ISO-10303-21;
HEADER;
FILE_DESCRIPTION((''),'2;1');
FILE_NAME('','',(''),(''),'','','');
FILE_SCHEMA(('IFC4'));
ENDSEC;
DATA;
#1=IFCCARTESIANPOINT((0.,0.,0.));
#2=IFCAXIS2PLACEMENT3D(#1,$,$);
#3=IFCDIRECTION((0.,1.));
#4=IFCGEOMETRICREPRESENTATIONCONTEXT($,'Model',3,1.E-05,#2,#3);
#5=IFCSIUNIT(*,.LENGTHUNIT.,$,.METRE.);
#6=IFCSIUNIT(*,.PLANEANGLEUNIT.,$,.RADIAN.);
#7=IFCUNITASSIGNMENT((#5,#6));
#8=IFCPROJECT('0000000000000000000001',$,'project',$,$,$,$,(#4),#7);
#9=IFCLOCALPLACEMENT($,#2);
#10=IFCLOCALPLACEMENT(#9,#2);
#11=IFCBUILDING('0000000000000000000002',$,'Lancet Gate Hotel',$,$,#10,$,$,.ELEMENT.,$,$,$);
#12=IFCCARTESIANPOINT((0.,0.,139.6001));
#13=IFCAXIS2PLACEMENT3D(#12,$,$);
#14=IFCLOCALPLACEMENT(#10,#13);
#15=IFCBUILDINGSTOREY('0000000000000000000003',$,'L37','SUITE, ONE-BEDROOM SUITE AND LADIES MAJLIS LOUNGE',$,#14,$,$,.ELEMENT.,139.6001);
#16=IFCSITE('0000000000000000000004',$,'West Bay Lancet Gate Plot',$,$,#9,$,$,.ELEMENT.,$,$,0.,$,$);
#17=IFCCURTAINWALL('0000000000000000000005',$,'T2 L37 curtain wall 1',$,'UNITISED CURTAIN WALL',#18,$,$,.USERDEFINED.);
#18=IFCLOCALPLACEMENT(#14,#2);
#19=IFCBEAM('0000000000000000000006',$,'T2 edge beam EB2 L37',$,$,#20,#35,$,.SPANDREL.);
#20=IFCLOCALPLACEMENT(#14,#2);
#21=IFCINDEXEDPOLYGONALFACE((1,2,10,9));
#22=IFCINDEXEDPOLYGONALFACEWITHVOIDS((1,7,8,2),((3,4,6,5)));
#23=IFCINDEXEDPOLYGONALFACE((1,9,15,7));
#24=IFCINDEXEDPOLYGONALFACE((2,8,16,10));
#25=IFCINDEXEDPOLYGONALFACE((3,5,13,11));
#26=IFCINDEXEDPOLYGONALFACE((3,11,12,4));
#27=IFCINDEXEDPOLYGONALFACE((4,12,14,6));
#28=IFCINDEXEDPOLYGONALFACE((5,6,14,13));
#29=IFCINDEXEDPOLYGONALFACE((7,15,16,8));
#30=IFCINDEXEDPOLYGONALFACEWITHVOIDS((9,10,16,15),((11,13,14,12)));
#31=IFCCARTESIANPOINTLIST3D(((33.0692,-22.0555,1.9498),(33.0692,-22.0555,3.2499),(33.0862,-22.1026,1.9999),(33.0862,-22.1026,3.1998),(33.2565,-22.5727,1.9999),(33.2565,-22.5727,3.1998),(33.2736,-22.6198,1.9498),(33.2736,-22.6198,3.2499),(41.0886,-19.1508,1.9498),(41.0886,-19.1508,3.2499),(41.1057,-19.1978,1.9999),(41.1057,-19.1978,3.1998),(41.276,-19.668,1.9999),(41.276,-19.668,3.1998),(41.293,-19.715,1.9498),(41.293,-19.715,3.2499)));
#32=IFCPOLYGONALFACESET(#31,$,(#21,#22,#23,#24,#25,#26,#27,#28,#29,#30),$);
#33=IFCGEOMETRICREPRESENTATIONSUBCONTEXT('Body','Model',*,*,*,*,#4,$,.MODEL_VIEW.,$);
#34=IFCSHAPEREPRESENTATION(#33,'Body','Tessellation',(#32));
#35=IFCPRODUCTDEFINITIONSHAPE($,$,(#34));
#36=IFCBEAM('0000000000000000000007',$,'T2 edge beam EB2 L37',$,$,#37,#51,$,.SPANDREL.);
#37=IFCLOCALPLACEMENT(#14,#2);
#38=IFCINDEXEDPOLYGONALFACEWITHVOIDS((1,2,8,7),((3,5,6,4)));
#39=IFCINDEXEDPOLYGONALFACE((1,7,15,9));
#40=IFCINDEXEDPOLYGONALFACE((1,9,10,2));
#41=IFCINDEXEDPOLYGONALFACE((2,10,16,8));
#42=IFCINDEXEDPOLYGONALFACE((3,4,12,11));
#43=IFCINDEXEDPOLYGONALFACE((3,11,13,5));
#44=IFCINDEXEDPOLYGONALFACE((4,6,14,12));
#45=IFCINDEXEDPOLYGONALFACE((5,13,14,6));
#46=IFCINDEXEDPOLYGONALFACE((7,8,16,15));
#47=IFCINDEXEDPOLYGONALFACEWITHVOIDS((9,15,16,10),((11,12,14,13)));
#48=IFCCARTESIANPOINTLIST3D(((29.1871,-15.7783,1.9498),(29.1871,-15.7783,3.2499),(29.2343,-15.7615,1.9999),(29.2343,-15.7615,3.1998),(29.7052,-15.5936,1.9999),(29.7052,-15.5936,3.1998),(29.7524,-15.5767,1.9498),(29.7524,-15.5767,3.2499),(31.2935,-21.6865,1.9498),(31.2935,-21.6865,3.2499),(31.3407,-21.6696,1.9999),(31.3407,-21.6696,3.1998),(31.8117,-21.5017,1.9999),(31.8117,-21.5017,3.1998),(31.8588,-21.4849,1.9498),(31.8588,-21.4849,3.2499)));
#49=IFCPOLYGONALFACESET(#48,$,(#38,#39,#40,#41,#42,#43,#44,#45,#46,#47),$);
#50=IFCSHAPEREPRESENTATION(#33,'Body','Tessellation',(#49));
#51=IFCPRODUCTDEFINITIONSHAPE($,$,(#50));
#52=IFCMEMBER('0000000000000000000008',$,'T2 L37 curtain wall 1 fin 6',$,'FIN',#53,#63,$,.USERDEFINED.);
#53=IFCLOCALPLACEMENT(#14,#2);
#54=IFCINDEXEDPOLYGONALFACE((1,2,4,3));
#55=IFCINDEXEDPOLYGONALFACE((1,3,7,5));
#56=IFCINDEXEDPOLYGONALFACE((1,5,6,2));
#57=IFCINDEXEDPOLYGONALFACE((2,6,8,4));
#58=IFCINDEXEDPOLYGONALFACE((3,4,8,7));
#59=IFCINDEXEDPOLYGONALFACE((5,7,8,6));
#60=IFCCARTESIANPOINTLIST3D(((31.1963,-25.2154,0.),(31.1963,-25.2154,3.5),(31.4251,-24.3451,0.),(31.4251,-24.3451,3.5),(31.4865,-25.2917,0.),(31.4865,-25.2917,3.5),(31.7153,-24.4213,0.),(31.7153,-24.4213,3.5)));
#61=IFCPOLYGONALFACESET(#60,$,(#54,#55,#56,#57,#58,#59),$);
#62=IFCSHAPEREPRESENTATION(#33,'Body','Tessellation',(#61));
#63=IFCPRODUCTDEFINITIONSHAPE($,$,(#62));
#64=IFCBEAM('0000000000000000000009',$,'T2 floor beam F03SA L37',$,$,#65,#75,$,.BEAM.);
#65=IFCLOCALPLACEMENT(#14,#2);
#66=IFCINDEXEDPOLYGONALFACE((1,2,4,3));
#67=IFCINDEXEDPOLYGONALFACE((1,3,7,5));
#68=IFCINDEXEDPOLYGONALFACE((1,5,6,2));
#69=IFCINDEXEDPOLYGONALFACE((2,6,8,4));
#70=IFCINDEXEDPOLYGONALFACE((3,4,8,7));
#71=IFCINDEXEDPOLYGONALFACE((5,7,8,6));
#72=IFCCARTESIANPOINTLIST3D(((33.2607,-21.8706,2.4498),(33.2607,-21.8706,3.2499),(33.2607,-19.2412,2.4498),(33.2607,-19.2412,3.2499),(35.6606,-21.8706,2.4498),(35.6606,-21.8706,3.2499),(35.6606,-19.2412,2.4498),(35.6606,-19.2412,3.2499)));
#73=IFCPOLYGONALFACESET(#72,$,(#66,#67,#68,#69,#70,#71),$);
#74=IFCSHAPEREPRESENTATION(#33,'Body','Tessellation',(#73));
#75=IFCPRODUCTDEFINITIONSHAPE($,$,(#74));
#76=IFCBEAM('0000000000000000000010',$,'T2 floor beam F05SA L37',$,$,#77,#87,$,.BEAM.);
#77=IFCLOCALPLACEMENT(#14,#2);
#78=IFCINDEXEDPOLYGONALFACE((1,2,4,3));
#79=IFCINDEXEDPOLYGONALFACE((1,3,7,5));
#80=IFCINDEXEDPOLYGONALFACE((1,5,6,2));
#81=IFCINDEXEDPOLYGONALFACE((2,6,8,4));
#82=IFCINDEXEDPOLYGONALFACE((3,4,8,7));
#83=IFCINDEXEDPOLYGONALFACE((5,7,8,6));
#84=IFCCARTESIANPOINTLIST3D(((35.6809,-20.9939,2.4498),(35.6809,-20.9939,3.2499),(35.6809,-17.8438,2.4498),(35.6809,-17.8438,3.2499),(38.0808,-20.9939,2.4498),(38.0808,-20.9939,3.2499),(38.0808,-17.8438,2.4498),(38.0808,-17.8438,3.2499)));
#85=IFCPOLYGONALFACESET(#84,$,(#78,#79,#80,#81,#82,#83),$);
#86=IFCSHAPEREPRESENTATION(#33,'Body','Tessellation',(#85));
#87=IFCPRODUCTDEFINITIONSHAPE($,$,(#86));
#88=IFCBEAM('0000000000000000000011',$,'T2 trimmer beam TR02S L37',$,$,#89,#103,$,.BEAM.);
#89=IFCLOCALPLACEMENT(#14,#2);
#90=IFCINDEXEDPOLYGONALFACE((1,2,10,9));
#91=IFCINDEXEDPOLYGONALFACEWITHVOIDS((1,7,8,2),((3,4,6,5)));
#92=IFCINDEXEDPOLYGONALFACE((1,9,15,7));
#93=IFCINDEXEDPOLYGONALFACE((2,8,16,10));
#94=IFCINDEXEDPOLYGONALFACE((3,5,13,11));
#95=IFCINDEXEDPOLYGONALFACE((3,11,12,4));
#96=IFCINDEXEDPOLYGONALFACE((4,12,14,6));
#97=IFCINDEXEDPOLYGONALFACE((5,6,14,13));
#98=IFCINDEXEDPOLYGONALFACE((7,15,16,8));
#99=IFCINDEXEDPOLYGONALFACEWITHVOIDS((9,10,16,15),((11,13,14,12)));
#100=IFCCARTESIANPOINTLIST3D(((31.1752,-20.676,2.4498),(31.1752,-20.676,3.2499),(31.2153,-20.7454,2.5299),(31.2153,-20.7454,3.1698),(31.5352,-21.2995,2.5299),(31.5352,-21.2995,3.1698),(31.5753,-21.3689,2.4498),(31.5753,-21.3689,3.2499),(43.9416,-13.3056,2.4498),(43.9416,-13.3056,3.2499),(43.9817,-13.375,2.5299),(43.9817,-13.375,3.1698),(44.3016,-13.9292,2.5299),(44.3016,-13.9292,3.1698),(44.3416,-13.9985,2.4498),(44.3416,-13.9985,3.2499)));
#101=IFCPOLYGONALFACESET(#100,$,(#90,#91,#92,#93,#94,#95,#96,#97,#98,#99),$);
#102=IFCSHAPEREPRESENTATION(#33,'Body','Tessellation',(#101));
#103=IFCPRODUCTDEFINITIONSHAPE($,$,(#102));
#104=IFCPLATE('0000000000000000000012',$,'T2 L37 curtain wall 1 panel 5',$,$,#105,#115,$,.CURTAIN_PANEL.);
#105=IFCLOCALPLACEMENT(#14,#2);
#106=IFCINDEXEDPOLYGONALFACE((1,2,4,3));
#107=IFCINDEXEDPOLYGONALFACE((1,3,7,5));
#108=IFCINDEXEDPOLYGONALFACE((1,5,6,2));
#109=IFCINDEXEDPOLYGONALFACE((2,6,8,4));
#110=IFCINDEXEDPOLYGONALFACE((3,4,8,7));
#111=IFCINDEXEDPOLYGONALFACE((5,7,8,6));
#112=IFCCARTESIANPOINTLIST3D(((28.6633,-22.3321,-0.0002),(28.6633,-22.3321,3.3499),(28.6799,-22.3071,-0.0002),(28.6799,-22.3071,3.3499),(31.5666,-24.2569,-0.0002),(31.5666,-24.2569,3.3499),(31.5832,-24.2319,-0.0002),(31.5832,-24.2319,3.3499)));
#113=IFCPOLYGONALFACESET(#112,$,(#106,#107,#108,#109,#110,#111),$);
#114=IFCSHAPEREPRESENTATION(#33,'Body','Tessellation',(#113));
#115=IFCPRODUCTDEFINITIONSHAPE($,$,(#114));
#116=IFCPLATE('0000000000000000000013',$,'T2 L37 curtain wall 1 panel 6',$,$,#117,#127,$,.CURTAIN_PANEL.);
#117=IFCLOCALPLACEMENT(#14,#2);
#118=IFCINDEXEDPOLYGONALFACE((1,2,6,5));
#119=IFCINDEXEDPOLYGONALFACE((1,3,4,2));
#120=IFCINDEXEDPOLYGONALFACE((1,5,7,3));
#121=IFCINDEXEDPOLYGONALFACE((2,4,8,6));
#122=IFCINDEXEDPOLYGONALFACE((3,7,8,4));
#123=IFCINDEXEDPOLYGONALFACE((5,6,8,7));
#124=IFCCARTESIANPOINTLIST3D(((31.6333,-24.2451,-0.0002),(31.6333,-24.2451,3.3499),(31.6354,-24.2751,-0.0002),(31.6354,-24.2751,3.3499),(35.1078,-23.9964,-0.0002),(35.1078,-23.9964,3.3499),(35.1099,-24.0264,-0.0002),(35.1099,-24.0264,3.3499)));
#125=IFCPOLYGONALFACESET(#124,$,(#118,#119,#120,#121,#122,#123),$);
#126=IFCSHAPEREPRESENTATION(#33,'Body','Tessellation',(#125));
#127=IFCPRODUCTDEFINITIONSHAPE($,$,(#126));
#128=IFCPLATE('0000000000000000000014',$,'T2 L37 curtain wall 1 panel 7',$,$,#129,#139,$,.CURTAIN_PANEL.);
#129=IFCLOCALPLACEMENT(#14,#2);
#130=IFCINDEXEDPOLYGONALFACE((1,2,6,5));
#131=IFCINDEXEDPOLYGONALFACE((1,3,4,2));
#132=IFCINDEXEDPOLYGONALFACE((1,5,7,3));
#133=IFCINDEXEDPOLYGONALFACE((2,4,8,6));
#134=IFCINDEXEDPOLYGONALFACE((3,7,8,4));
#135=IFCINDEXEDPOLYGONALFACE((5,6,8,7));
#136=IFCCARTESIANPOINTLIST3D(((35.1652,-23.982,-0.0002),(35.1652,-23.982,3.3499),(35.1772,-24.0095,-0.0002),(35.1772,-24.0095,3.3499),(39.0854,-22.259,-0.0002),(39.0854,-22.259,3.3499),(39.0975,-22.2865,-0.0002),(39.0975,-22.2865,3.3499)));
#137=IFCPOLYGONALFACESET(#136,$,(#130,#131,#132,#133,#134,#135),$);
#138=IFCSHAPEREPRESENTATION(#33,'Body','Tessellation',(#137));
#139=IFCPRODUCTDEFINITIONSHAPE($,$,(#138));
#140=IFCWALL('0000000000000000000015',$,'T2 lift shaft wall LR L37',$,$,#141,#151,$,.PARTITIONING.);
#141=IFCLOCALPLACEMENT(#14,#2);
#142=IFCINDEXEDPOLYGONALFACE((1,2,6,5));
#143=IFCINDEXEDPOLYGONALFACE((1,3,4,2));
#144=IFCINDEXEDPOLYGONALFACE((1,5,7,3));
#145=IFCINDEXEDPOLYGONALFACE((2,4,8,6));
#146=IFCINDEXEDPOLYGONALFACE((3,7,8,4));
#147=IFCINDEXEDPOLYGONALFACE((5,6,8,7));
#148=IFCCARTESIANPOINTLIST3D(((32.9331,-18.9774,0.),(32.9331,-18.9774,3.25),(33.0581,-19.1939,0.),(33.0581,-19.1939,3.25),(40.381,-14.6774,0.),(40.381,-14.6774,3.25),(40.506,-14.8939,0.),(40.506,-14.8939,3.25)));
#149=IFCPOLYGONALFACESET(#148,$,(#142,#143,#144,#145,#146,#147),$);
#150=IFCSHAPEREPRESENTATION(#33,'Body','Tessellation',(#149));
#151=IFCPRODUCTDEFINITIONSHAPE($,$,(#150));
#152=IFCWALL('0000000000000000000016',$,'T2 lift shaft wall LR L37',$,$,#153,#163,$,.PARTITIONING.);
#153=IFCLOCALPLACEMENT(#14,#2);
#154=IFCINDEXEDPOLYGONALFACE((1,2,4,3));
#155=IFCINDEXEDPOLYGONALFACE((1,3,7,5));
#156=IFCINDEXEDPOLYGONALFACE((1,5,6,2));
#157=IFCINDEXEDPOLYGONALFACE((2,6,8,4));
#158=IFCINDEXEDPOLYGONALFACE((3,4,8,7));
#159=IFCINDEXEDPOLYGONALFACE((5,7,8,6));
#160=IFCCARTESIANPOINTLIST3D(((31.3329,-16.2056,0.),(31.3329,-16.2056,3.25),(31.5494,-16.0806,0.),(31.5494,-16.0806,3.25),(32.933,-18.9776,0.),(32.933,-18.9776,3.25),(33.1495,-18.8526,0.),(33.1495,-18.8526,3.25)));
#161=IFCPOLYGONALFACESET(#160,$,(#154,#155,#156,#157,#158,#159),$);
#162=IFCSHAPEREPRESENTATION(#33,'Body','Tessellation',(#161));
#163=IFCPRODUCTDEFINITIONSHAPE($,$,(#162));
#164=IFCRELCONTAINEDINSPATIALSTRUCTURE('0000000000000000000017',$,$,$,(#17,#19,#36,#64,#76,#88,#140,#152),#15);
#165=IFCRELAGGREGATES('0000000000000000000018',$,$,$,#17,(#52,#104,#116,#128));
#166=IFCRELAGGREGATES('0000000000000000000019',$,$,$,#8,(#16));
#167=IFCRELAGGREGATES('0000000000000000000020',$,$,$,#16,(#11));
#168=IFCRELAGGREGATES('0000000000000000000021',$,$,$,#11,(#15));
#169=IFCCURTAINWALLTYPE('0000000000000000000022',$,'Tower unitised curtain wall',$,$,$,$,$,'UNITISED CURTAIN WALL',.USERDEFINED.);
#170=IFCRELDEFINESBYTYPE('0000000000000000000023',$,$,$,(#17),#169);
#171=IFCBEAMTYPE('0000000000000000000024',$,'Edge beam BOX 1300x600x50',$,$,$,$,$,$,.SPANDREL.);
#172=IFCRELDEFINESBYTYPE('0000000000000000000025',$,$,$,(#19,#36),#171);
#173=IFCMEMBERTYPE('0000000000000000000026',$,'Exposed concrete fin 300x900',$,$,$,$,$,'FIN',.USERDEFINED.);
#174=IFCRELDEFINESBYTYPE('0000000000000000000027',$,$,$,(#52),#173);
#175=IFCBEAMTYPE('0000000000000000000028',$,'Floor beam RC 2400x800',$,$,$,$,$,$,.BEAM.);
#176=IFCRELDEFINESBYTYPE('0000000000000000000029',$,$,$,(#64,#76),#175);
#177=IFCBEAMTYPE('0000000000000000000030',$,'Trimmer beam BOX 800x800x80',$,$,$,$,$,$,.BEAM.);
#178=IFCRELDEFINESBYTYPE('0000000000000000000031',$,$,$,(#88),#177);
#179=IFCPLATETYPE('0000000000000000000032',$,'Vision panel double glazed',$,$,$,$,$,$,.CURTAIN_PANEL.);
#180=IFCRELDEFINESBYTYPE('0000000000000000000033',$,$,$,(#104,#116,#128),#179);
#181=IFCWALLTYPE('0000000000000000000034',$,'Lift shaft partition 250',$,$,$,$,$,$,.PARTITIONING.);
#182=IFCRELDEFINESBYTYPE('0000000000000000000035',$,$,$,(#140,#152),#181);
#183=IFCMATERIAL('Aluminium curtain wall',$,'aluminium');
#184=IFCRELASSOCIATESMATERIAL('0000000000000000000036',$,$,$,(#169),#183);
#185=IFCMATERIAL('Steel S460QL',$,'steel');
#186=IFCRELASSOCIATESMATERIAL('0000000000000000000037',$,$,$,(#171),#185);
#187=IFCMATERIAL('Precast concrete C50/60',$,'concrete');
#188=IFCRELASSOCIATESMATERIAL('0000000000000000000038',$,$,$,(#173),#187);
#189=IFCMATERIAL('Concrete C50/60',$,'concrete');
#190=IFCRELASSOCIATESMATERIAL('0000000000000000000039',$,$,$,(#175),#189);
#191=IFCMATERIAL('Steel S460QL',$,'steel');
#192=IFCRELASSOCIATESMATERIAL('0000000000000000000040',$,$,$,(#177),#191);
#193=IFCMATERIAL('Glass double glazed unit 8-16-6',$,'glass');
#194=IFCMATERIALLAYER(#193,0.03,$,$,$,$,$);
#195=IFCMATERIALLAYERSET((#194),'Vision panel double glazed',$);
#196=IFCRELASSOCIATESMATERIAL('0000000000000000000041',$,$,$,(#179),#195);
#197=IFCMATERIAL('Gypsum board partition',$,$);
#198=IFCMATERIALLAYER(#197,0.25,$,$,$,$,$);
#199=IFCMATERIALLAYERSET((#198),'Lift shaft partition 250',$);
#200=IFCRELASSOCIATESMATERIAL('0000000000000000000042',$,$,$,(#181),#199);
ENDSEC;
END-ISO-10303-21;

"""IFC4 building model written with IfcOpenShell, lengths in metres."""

from ifc_helpers import new_model, si_unit, direction, frame, frame_2d, origin, origin_2d, place, context, subcontext, project, spatial, rectangle, hollow_rectangle, extrude, material, layer, layer_set, material_profile, profile_set, type_object, element, aggregate, save


model = new_model("IFC4")

# Units and contexts
model_context = context("Model", 3, precision=1e-05, world=origin(), true_north=direction((0.0, 1.0)))
body_context = subcontext(model_context, "Body", "Model", "MODEL_VIEW")
ifc_project = project(units=[si_unit("LENGTHUNIT", "METRE"), si_unit("PLANEANGLEUNIT", "RADIAN")], contexts=[model_context])

# Site, building, storey
site_placement = place(None, origin())
site = spatial("IfcSite", under=ifc_project, at=site_placement, Name="West Bay Lancet Gate Plot", CompositionType="ELEMENT", RefElevation=0.0)
building_placement = place(site_placement, origin())
building = spatial("IfcBuilding", under=site, at=building_placement, Name="Lancet Gate Hotel", CompositionType="ELEMENT")
storey_placement = place(building_placement, frame((0.0, 0.0, 139.6001)))
storey = spatial("IfcBuildingStorey", under=building, at=storey_placement, Name="L37", Description="SUITE, ONE-BEDROOM SUITE AND LADIES MAJLIS LOUNGE", CompositionType="ELEMENT", Elevation=139.6001)

# Curtain wall
ifc_material_1 = material(Name="Aluminium curtain wall", Category="aluminium")
curtain_wall_type = type_object("IfcCurtainWallType", Name="Tower unitised curtain wall", ElementType="UNITISED CURTAIN WALL", PredefinedType="USERDEFINED", material=ifc_material_1)
curtain_wall_placement = place(storey_placement, origin())
curtain_wall = element("IfcCurtainWall", 1, at=curtain_wall_placement, inside=storey, type_object=curtain_wall_type, Name="T2 L37 curtain wall 1", ObjectType="UNITISED CURTAIN WALL", PredefinedType="USERDEFINED")

# Beams
ifc_material_2 = material(Name="Steel S460QL", Category="steel")
ifc_material_profile_1 = material_profile(ifc_material_2, hollow_rectangle(XDim=0.6001, YDim=1.3, WallThickness=0.05, at=origin_2d()), Name="BOX 1300x600x50")
ifc_profile_set_1 = profile_set([ifc_material_profile_1], Name="Steel S460QL")
beam_type_1 = type_object("IfcBeamType", Name="Edge beam BOX 1300x600x50", PredefinedType="SPANDREL", material=ifc_profile_set_1)
beam_1_placement = place(storey_placement, frame((33.1714, -22.3376, 2.5999), z_axis=(0.940222, 0.340562, 0.0), x_axis=(-0.340562, 0.940222, 0.0)))
element("IfcBeam", 2, at=beam_1_placement, inside=storey, type_object=beam_type_1, Name="T2 edge beam EB2 L37", PredefinedType="SPANDREL", context=body_context, shape_type="SweptSolid", body=[
    extrude(hollow_rectangle(XDim=0.6001, YDim=1.3, WallThickness=0.05, at=origin_2d()), origin(), (0.0, 0.0, 1.0), 8.5293),
])
beam_2_placement = place(storey_placement, frame((31.5762, -21.5857, 2.5999), z_axis=(-0.335823, 0.941925, 0.0), x_axis=(-0.941925, -0.335823, 0.0)))
element("IfcBeam", 3, at=beam_2_placement, inside=storey, type_object=beam_type_1, Name="T2 edge beam EB2 L37", PredefinedType="SPANDREL", context=body_context, shape_type="SweptSolid", body=[
    extrude(hollow_rectangle(XDim=0.6001, YDim=1.3, WallThickness=0.05, at=origin_2d()), origin(), (0.0, 0.0, 1.0), 6.2725),
])

# Member
ifc_material_3 = material(Name="Precast concrete C50/60", Category="concrete")
ifc_material_profile_2 = material_profile(ifc_material_3, rectangle(XDim=0.3, YDim=0.8999, at=origin_2d()), Name="FIN 300x900")
ifc_profile_set_2 = profile_set([ifc_material_profile_2], Name="Precast concrete C50/60")
member_type_1 = type_object("IfcMemberType", Name="Exposed concrete fin 300x900", ElementType="FIN", PredefinedType="USERDEFINED", material=ifc_profile_set_2)
member_1_placement = place(storey_placement, frame((31.4558, -24.8184, 0.0), z_axis=(0.0, 0.0, 1.0), x_axis=(0.967157, -0.254179, 0.0)))
member_1 = element("IfcMember", 4, at=member_1_placement, type_object=member_type_1, Name="T2 L37 curtain wall 1 fin 6", ObjectType="FIN", PredefinedType="USERDEFINED", context=body_context, shape_type="SweptSolid", body=[
    extrude(rectangle(XDim=0.3, YDim=0.8999, at=origin_2d()), origin(), (0.0, 0.0, 1.0), 3.5),
])

# Beams
ifc_material_4 = material(Name="Concrete C50/60", Category="concrete")
ifc_material_profile_3 = material_profile(ifc_material_4, rectangle(XDim=2.3999, YDim=0.8, at=origin_2d()), Name="RC 2400x800")
ifc_profile_set_3 = profile_set([ifc_material_profile_3], Name="Concrete C50/60")
beam_type_2 = type_object("IfcBeamType", Name="Floor beam RC 2400x800", PredefinedType="BEAM", material=ifc_profile_set_3)
beam_3_placement = place(storey_placement, frame((34.4607, -21.8706, 2.8499), z_axis=(0.0, 1.0, 0.0), x_axis=(-1.0, 0.0, 0.0)))
element("IfcBeam", 5, at=beam_3_placement, inside=storey, type_object=beam_type_2, Name="T2 floor beam F03SA L37", PredefinedType="BEAM", context=body_context, shape_type="SweptSolid", body=[
    extrude(rectangle(XDim=2.3999, YDim=0.8, at=origin_2d()), origin(), (0.0, 0.0, 1.0), 2.6294),
])
beam_4_placement = place(storey_placement, frame((36.8809, -20.9939, 2.8499), z_axis=(0.0, 1.0, 0.0), x_axis=(-1.0, 0.0, 0.0)))
element("IfcBeam", 6, at=beam_4_placement, inside=storey, type_object=beam_type_2, Name="T2 floor beam F05SA L37", PredefinedType="BEAM", context=body_context, shape_type="SweptSolid", body=[
    extrude(rectangle(XDim=2.3999, YDim=0.8, at=origin_2d()), origin(), (0.0, 0.0, 1.0), 3.1501),
])
ifc_material_5 = material(Name="Steel S460QL", Category="steel")
ifc_material_profile_4 = material_profile(ifc_material_5, hollow_rectangle(XDim=0.8, YDim=0.8, WallThickness=0.0801, at=origin_2d()), Name="BOX 800x800x80")
ifc_profile_set_4 = profile_set([ifc_material_profile_4], Name="Steel S460QL")
beam_type_3 = type_object("IfcBeamType", Name="Trimmer beam BOX 800x800x80", PredefinedType="BEAM", material=ifc_profile_set_4)
beam_5_placement = place(storey_placement, frame((31.3752, -21.0225, 2.8499), z_axis=(0.866034, 0.499985, 0.0), x_axis=(-0.499985, 0.866034, 0.0)))
element("IfcBeam", 7, at=beam_5_placement, inside=storey, type_object=beam_type_3, Name="T2 trimmer beam TR02S L37", PredefinedType="BEAM", context=body_context, shape_type="SweptSolid", body=[
    extrude(hollow_rectangle(XDim=0.8, YDim=0.8, WallThickness=0.0801, at=origin_2d()), origin(), (0.0, 0.0, 1.0), 14.7412),
])

# Plates
ifc_material_6 = material(Name="Glass double glazed unit 8-16-6", Category="glass")
ifc_layer_1 = layer(ifc_material_6, 0.03)
ifc_layer_set_1 = layer_set([ifc_layer_1], Name="Vision panel double glazed")
plate_type = type_object("IfcPlateType", Name="Vision panel double glazed", PredefinedType="CURTAIN_PANEL", material=ifc_layer_set_1)
plate_1_placement = place(storey_placement, frame((30.1233, -23.282, -0.0002), z_axis=(0.0, 0.0, 1.0), x_axis=(0.833465, -0.552573, 0.0)))
plate_1 = element("IfcPlate", 8, at=plate_1_placement, type_object=plate_type, Name="T2 L37 curtain wall 1 panel 5", PredefinedType="CURTAIN_PANEL", context=body_context, shape_type="SweptSolid", body=[
    extrude(rectangle(XDim=3.4834, YDim=0.03, at=origin_2d()), origin(), (0.0, 0.0, 1.0), 3.3501),
])
plate_2_placement = place(storey_placement, frame((33.3716, -24.1357, -0.0002), z_axis=(0.0, 0.0, 1.0), x_axis=(0.997448, 0.07139, 0.0)))
plate_2 = element("IfcPlate", 9, at=plate_2_placement, type_object=plate_type, Name="T2 L37 curtain wall 1 panel 6", PredefinedType="CURTAIN_PANEL", context=body_context, shape_type="SweptSolid", body=[
    extrude(rectangle(XDim=3.4834, YDim=0.03, at=origin_2d()), origin(), (0.0, 0.0, 1.0), 3.3501),
])
plate_3_placement = place(storey_placement, frame((37.1313, -23.1343, -0.0002), z_axis=(0.0, 0.0, 1.0), x_axis=(0.915479, 0.402367, 0.0)))
plate_3 = element("IfcPlate", 10, at=plate_3_placement, type_object=plate_type, Name="T2 L37 curtain wall 1 panel 7", PredefinedType="CURTAIN_PANEL", context=body_context, shape_type="SweptSolid", body=[
    extrude(rectangle(XDim=4.2822, YDim=0.03, at=origin_2d()), origin(), (0.0, 0.0, 1.0), 3.3501),
])
aggregate(curtain_wall, [member_1, plate_1, plate_2, plate_3])

# Walls
ifc_material_7 = material(Name="Gypsum board partition")
ifc_layer_2 = layer(ifc_material_7, 0.25)
ifc_layer_set_2 = layer_set([ifc_layer_2], Name="Lift shaft partition 250")
wall_type = type_object("IfcWallType", Name="Lift shaft partition 250", PredefinedType="PARTITIONING", material=ifc_layer_set_2)
wall_1_placement = place(storey_placement, frame((32.9956, -19.0857, 0.0), z_axis=(0.0, 0.0, 1.0), x_axis=(0.866028, 0.499995, 0.0)))
element("IfcWall", 11, at=wall_1_placement, inside=storey, type_object=wall_type, Name="T2 lift shaft wall LR L37", PredefinedType="PARTITIONING", context=body_context, shape_type="SweptSolid", body=[
    extrude(rectangle(XDim=8.6001, YDim=0.25, at=frame_2d((4.3, 0.0))), origin(), (0.0, 0.0, 1.0), 3.25),
])
wall_2_placement = place(storey_placement, frame((31.4412, -16.1431, 0.0), z_axis=(0.0, 0.0, 1.0), x_axis=(0.499929, -0.866066, 0.0)))
element("IfcWall", 12, at=wall_2_placement, inside=storey, type_object=wall_type, Name="T2 lift shaft wall LR L37", PredefinedType="PARTITIONING", context=body_context, shape_type="SweptSolid", body=[
    extrude(rectangle(XDim=3.2007, YDim=0.25, at=frame_2d((1.6003, 0.0))), origin(), (0.0, 0.0, 1.0), 3.25),
])

save(model, "model.ifc")
